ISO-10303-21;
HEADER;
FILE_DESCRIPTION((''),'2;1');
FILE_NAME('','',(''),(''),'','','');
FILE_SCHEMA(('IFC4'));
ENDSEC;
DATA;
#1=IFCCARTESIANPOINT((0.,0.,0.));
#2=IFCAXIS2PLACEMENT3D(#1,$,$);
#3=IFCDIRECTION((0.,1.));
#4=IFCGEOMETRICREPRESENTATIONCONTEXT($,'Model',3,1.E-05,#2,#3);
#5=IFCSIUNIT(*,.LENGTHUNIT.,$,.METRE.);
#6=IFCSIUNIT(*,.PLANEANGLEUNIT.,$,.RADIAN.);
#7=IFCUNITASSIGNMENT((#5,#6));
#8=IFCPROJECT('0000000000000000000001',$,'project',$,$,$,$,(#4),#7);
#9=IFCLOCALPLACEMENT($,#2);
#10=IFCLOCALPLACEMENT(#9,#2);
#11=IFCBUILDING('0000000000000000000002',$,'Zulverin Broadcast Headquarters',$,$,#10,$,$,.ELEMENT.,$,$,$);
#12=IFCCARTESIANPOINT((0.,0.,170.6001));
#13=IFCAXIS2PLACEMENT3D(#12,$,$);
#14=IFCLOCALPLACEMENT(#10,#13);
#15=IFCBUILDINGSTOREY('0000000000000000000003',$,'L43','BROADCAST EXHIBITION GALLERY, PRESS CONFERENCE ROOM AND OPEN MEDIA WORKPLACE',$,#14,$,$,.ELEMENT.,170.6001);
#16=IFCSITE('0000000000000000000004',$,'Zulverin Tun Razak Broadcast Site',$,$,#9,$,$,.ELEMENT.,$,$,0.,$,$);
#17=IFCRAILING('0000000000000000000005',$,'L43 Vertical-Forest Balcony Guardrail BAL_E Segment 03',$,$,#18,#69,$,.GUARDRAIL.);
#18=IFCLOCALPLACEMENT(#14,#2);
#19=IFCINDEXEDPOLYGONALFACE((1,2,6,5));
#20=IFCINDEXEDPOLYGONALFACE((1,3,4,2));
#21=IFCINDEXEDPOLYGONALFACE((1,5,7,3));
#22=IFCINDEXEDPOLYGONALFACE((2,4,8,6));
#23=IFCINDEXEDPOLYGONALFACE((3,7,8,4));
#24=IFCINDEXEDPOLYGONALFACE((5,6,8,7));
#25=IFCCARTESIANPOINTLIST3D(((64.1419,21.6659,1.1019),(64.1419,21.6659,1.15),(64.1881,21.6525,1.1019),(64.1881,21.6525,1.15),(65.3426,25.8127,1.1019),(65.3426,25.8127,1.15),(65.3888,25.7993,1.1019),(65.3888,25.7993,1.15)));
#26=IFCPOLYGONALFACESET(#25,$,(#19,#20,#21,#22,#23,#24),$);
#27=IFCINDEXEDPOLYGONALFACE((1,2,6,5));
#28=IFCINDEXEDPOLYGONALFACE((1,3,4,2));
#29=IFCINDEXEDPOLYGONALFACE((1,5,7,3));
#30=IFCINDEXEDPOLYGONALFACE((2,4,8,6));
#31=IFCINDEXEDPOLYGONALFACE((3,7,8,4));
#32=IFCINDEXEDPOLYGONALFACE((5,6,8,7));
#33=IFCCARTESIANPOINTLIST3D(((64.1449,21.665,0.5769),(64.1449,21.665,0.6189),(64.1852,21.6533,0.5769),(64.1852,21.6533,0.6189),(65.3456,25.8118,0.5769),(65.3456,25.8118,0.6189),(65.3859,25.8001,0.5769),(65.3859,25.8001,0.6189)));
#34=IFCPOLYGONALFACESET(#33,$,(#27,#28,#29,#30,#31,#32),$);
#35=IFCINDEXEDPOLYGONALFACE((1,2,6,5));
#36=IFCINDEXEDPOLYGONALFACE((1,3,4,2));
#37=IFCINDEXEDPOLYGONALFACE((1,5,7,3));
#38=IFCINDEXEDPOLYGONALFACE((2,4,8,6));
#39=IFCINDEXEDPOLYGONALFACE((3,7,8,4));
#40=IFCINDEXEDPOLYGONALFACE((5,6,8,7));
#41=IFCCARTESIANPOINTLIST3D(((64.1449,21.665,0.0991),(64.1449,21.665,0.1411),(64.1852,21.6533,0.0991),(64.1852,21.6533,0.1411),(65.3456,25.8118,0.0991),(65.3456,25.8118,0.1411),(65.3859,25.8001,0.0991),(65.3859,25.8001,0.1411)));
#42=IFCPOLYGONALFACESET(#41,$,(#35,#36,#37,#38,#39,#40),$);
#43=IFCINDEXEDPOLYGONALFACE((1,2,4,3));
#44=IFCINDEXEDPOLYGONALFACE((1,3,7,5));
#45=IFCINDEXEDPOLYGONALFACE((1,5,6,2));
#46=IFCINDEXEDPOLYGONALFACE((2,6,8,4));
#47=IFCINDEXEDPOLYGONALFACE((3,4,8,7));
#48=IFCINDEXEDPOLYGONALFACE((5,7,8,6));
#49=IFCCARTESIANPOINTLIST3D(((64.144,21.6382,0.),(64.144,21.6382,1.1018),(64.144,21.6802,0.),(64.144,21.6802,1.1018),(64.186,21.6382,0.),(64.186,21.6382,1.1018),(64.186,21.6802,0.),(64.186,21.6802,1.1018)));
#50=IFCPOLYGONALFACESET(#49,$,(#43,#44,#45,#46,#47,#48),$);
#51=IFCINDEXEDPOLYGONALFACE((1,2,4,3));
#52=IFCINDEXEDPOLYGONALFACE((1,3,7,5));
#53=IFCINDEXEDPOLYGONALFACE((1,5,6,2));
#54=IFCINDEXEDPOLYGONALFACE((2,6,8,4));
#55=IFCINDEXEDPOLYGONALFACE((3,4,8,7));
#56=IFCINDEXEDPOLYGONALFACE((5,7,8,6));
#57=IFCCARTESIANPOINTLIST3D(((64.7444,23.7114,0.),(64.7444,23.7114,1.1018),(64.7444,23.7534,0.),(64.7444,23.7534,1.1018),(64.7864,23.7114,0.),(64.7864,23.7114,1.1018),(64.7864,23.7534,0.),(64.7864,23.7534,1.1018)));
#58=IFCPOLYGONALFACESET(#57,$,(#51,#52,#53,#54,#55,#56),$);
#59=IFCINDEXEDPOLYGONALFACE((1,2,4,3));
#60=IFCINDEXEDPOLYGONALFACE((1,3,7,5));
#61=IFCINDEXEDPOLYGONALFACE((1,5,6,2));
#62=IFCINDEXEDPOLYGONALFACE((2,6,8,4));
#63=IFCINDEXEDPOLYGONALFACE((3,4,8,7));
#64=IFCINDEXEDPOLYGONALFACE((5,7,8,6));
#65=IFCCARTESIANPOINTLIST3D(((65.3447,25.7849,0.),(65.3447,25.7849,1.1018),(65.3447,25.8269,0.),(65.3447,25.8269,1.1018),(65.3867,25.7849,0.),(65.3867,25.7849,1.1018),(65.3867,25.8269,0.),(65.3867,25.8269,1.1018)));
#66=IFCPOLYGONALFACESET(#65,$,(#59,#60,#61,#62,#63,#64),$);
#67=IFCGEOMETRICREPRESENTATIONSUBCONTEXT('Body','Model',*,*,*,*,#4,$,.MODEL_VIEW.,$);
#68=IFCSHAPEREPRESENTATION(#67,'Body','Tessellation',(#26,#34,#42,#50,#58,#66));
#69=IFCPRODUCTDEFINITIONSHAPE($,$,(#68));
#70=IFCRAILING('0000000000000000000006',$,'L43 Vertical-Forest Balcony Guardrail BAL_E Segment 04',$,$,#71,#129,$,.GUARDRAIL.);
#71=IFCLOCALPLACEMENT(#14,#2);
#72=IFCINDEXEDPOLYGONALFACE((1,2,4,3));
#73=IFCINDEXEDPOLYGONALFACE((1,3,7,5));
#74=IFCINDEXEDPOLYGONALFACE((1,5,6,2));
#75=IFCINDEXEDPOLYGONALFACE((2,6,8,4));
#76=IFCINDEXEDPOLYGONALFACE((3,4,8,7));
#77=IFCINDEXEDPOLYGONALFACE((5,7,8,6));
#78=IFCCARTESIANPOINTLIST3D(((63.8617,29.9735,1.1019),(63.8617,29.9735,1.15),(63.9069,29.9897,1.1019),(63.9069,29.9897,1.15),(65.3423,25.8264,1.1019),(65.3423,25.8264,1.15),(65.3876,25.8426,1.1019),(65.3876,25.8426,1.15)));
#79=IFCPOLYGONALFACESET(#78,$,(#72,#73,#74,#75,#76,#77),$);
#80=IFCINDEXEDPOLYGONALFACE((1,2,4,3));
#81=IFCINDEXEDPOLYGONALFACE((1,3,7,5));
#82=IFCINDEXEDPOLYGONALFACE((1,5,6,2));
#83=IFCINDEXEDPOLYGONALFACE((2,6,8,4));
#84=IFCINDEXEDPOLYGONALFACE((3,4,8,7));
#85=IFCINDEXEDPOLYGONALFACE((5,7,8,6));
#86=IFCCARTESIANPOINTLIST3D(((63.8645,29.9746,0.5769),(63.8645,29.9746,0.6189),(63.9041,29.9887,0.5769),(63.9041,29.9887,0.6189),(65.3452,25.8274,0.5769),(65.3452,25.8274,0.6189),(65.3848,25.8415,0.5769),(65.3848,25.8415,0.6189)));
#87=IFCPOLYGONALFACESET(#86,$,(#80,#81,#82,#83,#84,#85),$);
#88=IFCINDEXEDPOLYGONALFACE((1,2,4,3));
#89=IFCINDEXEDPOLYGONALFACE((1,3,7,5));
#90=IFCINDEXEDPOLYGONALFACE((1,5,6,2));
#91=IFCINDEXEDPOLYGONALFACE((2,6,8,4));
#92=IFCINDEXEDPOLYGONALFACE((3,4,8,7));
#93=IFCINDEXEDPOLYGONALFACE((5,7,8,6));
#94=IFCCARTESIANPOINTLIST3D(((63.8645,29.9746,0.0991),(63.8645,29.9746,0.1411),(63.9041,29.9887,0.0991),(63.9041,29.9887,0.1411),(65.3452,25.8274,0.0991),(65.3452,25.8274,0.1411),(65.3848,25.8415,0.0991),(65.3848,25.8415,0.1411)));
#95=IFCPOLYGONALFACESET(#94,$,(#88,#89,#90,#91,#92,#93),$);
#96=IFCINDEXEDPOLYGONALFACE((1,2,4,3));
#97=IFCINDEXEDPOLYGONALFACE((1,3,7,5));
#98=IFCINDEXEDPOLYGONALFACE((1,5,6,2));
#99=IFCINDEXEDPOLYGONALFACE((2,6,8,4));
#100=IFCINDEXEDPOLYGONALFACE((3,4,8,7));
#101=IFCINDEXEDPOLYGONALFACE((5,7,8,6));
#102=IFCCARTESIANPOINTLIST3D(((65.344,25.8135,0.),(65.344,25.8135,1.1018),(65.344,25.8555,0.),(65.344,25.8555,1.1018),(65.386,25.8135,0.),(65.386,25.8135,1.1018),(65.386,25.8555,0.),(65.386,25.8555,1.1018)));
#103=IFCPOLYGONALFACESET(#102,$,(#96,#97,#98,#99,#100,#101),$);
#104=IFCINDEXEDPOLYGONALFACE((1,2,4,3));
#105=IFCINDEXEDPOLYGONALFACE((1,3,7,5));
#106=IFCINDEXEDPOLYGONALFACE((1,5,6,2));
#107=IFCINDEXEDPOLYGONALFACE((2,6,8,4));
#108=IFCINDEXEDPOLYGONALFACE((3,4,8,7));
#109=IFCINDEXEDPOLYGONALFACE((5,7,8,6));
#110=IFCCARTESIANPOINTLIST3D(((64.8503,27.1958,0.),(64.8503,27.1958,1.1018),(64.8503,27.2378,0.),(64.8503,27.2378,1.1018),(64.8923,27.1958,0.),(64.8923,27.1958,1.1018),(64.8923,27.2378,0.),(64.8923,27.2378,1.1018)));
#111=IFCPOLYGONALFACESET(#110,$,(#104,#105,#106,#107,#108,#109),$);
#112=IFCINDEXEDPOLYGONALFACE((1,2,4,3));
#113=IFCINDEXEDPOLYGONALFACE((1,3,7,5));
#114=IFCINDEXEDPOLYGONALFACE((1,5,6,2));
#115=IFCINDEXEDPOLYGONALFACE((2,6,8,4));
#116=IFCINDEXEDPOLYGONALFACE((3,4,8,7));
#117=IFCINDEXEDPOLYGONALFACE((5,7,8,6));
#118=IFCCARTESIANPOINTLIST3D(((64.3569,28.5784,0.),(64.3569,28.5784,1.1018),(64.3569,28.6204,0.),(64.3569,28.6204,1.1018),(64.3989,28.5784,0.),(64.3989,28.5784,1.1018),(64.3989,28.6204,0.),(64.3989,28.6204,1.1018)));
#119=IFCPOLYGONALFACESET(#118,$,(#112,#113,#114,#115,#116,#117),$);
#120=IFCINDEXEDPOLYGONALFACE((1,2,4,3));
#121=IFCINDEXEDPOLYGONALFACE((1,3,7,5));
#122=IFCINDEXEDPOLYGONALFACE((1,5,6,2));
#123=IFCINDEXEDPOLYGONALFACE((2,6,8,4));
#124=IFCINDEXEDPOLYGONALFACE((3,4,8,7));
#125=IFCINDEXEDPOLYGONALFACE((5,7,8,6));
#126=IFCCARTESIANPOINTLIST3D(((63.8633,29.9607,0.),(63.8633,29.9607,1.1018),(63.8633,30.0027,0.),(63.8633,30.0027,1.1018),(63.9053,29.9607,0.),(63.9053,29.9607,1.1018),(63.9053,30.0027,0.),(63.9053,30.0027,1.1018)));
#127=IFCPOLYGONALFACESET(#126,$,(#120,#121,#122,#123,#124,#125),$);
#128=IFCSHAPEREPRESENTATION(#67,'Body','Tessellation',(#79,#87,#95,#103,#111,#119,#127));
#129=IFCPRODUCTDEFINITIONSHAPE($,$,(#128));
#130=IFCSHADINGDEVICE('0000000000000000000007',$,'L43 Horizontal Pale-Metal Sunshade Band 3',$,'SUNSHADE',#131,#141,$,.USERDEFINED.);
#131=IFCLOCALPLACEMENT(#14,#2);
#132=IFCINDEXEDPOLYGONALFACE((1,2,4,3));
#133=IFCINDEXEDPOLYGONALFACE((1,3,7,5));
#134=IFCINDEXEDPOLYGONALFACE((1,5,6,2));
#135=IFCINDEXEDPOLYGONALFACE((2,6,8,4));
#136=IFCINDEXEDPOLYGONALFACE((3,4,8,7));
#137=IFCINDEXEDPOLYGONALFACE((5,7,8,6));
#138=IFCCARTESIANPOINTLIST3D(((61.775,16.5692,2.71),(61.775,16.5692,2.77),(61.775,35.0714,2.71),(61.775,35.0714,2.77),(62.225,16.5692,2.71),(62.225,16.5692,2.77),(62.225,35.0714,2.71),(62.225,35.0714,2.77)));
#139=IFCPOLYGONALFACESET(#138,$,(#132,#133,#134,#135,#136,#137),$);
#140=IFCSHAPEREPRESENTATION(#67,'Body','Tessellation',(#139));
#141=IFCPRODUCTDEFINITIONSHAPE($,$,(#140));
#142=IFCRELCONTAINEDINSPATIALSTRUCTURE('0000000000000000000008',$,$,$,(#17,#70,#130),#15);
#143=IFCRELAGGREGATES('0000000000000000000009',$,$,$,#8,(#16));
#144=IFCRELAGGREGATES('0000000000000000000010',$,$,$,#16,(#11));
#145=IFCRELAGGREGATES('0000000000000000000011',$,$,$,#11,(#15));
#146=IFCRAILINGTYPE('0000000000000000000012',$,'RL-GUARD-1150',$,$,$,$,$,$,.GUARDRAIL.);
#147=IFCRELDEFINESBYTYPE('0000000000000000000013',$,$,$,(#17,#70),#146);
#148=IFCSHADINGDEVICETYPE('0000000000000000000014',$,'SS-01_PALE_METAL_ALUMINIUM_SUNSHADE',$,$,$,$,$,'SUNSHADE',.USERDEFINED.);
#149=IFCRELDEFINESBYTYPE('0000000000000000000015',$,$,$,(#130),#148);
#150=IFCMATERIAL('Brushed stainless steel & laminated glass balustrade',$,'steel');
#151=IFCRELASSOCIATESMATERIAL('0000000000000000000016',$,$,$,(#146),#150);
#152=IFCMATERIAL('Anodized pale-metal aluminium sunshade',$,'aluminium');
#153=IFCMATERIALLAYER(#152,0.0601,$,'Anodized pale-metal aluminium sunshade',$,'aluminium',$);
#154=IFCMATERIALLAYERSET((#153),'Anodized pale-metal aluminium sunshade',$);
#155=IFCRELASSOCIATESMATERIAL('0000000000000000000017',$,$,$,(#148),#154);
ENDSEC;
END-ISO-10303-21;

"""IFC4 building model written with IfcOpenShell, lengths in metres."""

from ifc_helpers import new_model, si_unit, direction, frame, origin, origin_2d, place, context, subcontext, project, spatial, rectangle, extrude, material, layer, layer_set, type_object, element, save


model = new_model("IFC4")

# Units and contexts
model_context = context("Model", 3, precision=1e-05, world=origin(), true_north=direction((0.0, 1.0)))
body_context = subcontext(model_context, "Body", "Model", "MODEL_VIEW")
ifc_project = project(units=[si_unit("LENGTHUNIT", "METRE"), si_unit("PLANEANGLEUNIT", "RADIAN")], contexts=[model_context])

# Site, building, storey
site_placement = place(None, origin())
site = spatial("IfcSite", under=ifc_project, at=site_placement, Name="Zulverin Tun Razak Broadcast Site", CompositionType="ELEMENT", RefElevation=0.0)
building_placement = place(site_placement, origin())
building = spatial("IfcBuilding", under=site, at=building_placement, Name="Zulverin Broadcast Headquarters", CompositionType="ELEMENT")
storey_placement = place(building_placement, frame((0.0, 0.0, 170.6001)))
storey = spatial("IfcBuildingStorey", under=building, at=storey_placement, Name="L43", Description="BROADCAST EXHIBITION GALLERY, PRESS CONFERENCE ROOM AND OPEN MEDIA WORKPLACE", CompositionType="ELEMENT", Elevation=170.6001)

# Railings
ifc_material_1 = material(Name="Brushed stainless steel & laminated glass balustrade", Category="steel")
railing_type = type_object("IfcRailingType", Name="RL-GUARD-1150", PredefinedType="GUARDRAIL", material=ifc_material_1)
railing_1_placement = place(storey_placement, frame((64.165, 21.6592, 0.0)))
element("IfcRailing", 1, at=railing_1_placement, inside=storey, type_object=railing_type, Name="L43 Vertical-Forest Balcony Guardrail BAL_E Segment 03", PredefinedType="GUARDRAIL", context=body_context, shape_type="SweptSolid", body=[
    extrude(rectangle(XDim=0.0481, YDim=0.0481, at=origin_2d()), frame((0.0, 0.0, 1.126), z_axis=(0.278125, 0.960545, 0.0), x_axis=(-0.960545, 0.278125, 0.0)), (0.0, 0.0, 1.0), 4.3171),
    extrude(rectangle(XDim=0.042, YDim=0.042, at=origin_2d()), frame((0.0, 0.0, 0.5979), z_axis=(0.278125, 0.960545, 0.0), x_axis=(-0.960545, 0.278125, 0.0)), (0.0, 0.0, 1.0), 4.3171),
    extrude(rectangle(XDim=0.042, YDim=0.042, at=origin_2d()), frame((0.0, 0.0, 0.1201), z_axis=(0.278125, 0.960545, 0.0), x_axis=(-0.960545, 0.278125, 0.0)), (0.0, 0.0, 1.0), 4.3171),
    extrude(rectangle(XDim=0.042, YDim=0.042, at=origin_2d()), origin(), (0.0, 0.0, 1.0), 1.1018),
    extrude(rectangle(XDim=0.042, YDim=0.042, at=origin_2d()), frame((0.6003, 2.0732, 0.0)), (0.0, 0.0, 1.0), 1.1018),
    extrude(rectangle(XDim=0.042, YDim=0.042, at=origin_2d()), frame((1.2007, 4.1467, 0.0)), (0.0, 0.0, 1.0), 1.1018),
])
railing_2_placement = place(storey_placement, frame((65.365, 25.8345, 0.0)))
element("IfcRailing", 2, at=railing_2_placement, inside=storey, type_object=railing_type, Name="L43 Vertical-Forest Balcony Guardrail BAL_E Segment 04", PredefinedType="GUARDRAIL", context=body_context, shape_type="SweptSolid", body=[
    extrude(rectangle(XDim=0.0481, YDim=0.0481, at=origin_2d()), frame((0.0, 0.0, 1.126), z_axis=(-0.336249, 0.941773, 0.0), x_axis=(-0.941773, -0.336249, 0.0)), (0.0, 0.0, 1.0), 4.4036),
    extrude(rectangle(XDim=0.042, YDim=0.042, at=origin_2d()), frame((0.0, 0.0, 0.5979), z_axis=(-0.336249, 0.941773, 0.0), x_axis=(-0.941773, -0.336249, 0.0)), (0.0, 0.0, 1.0), 4.4036),
    extrude(rectangle(XDim=0.042, YDim=0.042, at=origin_2d()), frame((0.0, 0.0, 0.1201), z_axis=(-0.336249, 0.941773, 0.0), x_axis=(-0.941773, -0.336249, 0.0)), (0.0, 0.0, 1.0), 4.4036),
    extrude(rectangle(XDim=0.042, YDim=0.042, at=origin_2d()), origin(), (0.0, 0.0, 1.0), 1.1018),
    extrude(rectangle(XDim=0.042, YDim=0.042, at=origin_2d()), frame((-0.4937, 1.3823, 0.0)), (0.0, 0.0, 1.0), 1.1018),
    extrude(rectangle(XDim=0.042, YDim=0.042, at=origin_2d()), frame((-0.9871, 2.7649, 0.0)), (0.0, 0.0, 1.0), 1.1018),
    extrude(rectangle(XDim=0.042, YDim=0.042, at=origin_2d()), frame((-1.4807, 4.1472, 0.0)), (0.0, 0.0, 1.0), 1.1018),
])

# Shading device
ifc_material_2 = material(Name="Anodized pale-metal aluminium sunshade", Category="aluminium")
ifc_layer_1 = layer(ifc_material_2, 0.0601, Name="Anodized pale-metal aluminium sunshade", Category="aluminium")
ifc_layer_set_1 = layer_set([ifc_layer_1], Name="Anodized pale-metal aluminium sunshade")
shading_device_type = type_object("IfcShadingDeviceType", Name="SS-01_PALE_METAL_ALUMINIUM_SUNSHADE", ElementType="SUNSHADE", PredefinedType="USERDEFINED", material=ifc_layer_set_1)
shading_device_placement = place(storey_placement, frame((62.0, 25.8203, 2.71), z_axis=(0.0, 0.0, 1.0), x_axis=(0.0, 1.0, 0.0)))
element("IfcShadingDevice", 3, at=shading_device_placement, inside=storey, type_object=shading_device_type, Name="L43 Horizontal Pale-Metal Sunshade Band 3", ObjectType="SUNSHADE", PredefinedType="USERDEFINED", context=body_context, shape_type="SweptSolid", body=[
    extrude(rectangle(XDim=18.5022, YDim=0.45, at=origin_2d()), origin(), (0.0, 0.0, 1.0), 0.0601),
])

save(model, "model.ifc")
